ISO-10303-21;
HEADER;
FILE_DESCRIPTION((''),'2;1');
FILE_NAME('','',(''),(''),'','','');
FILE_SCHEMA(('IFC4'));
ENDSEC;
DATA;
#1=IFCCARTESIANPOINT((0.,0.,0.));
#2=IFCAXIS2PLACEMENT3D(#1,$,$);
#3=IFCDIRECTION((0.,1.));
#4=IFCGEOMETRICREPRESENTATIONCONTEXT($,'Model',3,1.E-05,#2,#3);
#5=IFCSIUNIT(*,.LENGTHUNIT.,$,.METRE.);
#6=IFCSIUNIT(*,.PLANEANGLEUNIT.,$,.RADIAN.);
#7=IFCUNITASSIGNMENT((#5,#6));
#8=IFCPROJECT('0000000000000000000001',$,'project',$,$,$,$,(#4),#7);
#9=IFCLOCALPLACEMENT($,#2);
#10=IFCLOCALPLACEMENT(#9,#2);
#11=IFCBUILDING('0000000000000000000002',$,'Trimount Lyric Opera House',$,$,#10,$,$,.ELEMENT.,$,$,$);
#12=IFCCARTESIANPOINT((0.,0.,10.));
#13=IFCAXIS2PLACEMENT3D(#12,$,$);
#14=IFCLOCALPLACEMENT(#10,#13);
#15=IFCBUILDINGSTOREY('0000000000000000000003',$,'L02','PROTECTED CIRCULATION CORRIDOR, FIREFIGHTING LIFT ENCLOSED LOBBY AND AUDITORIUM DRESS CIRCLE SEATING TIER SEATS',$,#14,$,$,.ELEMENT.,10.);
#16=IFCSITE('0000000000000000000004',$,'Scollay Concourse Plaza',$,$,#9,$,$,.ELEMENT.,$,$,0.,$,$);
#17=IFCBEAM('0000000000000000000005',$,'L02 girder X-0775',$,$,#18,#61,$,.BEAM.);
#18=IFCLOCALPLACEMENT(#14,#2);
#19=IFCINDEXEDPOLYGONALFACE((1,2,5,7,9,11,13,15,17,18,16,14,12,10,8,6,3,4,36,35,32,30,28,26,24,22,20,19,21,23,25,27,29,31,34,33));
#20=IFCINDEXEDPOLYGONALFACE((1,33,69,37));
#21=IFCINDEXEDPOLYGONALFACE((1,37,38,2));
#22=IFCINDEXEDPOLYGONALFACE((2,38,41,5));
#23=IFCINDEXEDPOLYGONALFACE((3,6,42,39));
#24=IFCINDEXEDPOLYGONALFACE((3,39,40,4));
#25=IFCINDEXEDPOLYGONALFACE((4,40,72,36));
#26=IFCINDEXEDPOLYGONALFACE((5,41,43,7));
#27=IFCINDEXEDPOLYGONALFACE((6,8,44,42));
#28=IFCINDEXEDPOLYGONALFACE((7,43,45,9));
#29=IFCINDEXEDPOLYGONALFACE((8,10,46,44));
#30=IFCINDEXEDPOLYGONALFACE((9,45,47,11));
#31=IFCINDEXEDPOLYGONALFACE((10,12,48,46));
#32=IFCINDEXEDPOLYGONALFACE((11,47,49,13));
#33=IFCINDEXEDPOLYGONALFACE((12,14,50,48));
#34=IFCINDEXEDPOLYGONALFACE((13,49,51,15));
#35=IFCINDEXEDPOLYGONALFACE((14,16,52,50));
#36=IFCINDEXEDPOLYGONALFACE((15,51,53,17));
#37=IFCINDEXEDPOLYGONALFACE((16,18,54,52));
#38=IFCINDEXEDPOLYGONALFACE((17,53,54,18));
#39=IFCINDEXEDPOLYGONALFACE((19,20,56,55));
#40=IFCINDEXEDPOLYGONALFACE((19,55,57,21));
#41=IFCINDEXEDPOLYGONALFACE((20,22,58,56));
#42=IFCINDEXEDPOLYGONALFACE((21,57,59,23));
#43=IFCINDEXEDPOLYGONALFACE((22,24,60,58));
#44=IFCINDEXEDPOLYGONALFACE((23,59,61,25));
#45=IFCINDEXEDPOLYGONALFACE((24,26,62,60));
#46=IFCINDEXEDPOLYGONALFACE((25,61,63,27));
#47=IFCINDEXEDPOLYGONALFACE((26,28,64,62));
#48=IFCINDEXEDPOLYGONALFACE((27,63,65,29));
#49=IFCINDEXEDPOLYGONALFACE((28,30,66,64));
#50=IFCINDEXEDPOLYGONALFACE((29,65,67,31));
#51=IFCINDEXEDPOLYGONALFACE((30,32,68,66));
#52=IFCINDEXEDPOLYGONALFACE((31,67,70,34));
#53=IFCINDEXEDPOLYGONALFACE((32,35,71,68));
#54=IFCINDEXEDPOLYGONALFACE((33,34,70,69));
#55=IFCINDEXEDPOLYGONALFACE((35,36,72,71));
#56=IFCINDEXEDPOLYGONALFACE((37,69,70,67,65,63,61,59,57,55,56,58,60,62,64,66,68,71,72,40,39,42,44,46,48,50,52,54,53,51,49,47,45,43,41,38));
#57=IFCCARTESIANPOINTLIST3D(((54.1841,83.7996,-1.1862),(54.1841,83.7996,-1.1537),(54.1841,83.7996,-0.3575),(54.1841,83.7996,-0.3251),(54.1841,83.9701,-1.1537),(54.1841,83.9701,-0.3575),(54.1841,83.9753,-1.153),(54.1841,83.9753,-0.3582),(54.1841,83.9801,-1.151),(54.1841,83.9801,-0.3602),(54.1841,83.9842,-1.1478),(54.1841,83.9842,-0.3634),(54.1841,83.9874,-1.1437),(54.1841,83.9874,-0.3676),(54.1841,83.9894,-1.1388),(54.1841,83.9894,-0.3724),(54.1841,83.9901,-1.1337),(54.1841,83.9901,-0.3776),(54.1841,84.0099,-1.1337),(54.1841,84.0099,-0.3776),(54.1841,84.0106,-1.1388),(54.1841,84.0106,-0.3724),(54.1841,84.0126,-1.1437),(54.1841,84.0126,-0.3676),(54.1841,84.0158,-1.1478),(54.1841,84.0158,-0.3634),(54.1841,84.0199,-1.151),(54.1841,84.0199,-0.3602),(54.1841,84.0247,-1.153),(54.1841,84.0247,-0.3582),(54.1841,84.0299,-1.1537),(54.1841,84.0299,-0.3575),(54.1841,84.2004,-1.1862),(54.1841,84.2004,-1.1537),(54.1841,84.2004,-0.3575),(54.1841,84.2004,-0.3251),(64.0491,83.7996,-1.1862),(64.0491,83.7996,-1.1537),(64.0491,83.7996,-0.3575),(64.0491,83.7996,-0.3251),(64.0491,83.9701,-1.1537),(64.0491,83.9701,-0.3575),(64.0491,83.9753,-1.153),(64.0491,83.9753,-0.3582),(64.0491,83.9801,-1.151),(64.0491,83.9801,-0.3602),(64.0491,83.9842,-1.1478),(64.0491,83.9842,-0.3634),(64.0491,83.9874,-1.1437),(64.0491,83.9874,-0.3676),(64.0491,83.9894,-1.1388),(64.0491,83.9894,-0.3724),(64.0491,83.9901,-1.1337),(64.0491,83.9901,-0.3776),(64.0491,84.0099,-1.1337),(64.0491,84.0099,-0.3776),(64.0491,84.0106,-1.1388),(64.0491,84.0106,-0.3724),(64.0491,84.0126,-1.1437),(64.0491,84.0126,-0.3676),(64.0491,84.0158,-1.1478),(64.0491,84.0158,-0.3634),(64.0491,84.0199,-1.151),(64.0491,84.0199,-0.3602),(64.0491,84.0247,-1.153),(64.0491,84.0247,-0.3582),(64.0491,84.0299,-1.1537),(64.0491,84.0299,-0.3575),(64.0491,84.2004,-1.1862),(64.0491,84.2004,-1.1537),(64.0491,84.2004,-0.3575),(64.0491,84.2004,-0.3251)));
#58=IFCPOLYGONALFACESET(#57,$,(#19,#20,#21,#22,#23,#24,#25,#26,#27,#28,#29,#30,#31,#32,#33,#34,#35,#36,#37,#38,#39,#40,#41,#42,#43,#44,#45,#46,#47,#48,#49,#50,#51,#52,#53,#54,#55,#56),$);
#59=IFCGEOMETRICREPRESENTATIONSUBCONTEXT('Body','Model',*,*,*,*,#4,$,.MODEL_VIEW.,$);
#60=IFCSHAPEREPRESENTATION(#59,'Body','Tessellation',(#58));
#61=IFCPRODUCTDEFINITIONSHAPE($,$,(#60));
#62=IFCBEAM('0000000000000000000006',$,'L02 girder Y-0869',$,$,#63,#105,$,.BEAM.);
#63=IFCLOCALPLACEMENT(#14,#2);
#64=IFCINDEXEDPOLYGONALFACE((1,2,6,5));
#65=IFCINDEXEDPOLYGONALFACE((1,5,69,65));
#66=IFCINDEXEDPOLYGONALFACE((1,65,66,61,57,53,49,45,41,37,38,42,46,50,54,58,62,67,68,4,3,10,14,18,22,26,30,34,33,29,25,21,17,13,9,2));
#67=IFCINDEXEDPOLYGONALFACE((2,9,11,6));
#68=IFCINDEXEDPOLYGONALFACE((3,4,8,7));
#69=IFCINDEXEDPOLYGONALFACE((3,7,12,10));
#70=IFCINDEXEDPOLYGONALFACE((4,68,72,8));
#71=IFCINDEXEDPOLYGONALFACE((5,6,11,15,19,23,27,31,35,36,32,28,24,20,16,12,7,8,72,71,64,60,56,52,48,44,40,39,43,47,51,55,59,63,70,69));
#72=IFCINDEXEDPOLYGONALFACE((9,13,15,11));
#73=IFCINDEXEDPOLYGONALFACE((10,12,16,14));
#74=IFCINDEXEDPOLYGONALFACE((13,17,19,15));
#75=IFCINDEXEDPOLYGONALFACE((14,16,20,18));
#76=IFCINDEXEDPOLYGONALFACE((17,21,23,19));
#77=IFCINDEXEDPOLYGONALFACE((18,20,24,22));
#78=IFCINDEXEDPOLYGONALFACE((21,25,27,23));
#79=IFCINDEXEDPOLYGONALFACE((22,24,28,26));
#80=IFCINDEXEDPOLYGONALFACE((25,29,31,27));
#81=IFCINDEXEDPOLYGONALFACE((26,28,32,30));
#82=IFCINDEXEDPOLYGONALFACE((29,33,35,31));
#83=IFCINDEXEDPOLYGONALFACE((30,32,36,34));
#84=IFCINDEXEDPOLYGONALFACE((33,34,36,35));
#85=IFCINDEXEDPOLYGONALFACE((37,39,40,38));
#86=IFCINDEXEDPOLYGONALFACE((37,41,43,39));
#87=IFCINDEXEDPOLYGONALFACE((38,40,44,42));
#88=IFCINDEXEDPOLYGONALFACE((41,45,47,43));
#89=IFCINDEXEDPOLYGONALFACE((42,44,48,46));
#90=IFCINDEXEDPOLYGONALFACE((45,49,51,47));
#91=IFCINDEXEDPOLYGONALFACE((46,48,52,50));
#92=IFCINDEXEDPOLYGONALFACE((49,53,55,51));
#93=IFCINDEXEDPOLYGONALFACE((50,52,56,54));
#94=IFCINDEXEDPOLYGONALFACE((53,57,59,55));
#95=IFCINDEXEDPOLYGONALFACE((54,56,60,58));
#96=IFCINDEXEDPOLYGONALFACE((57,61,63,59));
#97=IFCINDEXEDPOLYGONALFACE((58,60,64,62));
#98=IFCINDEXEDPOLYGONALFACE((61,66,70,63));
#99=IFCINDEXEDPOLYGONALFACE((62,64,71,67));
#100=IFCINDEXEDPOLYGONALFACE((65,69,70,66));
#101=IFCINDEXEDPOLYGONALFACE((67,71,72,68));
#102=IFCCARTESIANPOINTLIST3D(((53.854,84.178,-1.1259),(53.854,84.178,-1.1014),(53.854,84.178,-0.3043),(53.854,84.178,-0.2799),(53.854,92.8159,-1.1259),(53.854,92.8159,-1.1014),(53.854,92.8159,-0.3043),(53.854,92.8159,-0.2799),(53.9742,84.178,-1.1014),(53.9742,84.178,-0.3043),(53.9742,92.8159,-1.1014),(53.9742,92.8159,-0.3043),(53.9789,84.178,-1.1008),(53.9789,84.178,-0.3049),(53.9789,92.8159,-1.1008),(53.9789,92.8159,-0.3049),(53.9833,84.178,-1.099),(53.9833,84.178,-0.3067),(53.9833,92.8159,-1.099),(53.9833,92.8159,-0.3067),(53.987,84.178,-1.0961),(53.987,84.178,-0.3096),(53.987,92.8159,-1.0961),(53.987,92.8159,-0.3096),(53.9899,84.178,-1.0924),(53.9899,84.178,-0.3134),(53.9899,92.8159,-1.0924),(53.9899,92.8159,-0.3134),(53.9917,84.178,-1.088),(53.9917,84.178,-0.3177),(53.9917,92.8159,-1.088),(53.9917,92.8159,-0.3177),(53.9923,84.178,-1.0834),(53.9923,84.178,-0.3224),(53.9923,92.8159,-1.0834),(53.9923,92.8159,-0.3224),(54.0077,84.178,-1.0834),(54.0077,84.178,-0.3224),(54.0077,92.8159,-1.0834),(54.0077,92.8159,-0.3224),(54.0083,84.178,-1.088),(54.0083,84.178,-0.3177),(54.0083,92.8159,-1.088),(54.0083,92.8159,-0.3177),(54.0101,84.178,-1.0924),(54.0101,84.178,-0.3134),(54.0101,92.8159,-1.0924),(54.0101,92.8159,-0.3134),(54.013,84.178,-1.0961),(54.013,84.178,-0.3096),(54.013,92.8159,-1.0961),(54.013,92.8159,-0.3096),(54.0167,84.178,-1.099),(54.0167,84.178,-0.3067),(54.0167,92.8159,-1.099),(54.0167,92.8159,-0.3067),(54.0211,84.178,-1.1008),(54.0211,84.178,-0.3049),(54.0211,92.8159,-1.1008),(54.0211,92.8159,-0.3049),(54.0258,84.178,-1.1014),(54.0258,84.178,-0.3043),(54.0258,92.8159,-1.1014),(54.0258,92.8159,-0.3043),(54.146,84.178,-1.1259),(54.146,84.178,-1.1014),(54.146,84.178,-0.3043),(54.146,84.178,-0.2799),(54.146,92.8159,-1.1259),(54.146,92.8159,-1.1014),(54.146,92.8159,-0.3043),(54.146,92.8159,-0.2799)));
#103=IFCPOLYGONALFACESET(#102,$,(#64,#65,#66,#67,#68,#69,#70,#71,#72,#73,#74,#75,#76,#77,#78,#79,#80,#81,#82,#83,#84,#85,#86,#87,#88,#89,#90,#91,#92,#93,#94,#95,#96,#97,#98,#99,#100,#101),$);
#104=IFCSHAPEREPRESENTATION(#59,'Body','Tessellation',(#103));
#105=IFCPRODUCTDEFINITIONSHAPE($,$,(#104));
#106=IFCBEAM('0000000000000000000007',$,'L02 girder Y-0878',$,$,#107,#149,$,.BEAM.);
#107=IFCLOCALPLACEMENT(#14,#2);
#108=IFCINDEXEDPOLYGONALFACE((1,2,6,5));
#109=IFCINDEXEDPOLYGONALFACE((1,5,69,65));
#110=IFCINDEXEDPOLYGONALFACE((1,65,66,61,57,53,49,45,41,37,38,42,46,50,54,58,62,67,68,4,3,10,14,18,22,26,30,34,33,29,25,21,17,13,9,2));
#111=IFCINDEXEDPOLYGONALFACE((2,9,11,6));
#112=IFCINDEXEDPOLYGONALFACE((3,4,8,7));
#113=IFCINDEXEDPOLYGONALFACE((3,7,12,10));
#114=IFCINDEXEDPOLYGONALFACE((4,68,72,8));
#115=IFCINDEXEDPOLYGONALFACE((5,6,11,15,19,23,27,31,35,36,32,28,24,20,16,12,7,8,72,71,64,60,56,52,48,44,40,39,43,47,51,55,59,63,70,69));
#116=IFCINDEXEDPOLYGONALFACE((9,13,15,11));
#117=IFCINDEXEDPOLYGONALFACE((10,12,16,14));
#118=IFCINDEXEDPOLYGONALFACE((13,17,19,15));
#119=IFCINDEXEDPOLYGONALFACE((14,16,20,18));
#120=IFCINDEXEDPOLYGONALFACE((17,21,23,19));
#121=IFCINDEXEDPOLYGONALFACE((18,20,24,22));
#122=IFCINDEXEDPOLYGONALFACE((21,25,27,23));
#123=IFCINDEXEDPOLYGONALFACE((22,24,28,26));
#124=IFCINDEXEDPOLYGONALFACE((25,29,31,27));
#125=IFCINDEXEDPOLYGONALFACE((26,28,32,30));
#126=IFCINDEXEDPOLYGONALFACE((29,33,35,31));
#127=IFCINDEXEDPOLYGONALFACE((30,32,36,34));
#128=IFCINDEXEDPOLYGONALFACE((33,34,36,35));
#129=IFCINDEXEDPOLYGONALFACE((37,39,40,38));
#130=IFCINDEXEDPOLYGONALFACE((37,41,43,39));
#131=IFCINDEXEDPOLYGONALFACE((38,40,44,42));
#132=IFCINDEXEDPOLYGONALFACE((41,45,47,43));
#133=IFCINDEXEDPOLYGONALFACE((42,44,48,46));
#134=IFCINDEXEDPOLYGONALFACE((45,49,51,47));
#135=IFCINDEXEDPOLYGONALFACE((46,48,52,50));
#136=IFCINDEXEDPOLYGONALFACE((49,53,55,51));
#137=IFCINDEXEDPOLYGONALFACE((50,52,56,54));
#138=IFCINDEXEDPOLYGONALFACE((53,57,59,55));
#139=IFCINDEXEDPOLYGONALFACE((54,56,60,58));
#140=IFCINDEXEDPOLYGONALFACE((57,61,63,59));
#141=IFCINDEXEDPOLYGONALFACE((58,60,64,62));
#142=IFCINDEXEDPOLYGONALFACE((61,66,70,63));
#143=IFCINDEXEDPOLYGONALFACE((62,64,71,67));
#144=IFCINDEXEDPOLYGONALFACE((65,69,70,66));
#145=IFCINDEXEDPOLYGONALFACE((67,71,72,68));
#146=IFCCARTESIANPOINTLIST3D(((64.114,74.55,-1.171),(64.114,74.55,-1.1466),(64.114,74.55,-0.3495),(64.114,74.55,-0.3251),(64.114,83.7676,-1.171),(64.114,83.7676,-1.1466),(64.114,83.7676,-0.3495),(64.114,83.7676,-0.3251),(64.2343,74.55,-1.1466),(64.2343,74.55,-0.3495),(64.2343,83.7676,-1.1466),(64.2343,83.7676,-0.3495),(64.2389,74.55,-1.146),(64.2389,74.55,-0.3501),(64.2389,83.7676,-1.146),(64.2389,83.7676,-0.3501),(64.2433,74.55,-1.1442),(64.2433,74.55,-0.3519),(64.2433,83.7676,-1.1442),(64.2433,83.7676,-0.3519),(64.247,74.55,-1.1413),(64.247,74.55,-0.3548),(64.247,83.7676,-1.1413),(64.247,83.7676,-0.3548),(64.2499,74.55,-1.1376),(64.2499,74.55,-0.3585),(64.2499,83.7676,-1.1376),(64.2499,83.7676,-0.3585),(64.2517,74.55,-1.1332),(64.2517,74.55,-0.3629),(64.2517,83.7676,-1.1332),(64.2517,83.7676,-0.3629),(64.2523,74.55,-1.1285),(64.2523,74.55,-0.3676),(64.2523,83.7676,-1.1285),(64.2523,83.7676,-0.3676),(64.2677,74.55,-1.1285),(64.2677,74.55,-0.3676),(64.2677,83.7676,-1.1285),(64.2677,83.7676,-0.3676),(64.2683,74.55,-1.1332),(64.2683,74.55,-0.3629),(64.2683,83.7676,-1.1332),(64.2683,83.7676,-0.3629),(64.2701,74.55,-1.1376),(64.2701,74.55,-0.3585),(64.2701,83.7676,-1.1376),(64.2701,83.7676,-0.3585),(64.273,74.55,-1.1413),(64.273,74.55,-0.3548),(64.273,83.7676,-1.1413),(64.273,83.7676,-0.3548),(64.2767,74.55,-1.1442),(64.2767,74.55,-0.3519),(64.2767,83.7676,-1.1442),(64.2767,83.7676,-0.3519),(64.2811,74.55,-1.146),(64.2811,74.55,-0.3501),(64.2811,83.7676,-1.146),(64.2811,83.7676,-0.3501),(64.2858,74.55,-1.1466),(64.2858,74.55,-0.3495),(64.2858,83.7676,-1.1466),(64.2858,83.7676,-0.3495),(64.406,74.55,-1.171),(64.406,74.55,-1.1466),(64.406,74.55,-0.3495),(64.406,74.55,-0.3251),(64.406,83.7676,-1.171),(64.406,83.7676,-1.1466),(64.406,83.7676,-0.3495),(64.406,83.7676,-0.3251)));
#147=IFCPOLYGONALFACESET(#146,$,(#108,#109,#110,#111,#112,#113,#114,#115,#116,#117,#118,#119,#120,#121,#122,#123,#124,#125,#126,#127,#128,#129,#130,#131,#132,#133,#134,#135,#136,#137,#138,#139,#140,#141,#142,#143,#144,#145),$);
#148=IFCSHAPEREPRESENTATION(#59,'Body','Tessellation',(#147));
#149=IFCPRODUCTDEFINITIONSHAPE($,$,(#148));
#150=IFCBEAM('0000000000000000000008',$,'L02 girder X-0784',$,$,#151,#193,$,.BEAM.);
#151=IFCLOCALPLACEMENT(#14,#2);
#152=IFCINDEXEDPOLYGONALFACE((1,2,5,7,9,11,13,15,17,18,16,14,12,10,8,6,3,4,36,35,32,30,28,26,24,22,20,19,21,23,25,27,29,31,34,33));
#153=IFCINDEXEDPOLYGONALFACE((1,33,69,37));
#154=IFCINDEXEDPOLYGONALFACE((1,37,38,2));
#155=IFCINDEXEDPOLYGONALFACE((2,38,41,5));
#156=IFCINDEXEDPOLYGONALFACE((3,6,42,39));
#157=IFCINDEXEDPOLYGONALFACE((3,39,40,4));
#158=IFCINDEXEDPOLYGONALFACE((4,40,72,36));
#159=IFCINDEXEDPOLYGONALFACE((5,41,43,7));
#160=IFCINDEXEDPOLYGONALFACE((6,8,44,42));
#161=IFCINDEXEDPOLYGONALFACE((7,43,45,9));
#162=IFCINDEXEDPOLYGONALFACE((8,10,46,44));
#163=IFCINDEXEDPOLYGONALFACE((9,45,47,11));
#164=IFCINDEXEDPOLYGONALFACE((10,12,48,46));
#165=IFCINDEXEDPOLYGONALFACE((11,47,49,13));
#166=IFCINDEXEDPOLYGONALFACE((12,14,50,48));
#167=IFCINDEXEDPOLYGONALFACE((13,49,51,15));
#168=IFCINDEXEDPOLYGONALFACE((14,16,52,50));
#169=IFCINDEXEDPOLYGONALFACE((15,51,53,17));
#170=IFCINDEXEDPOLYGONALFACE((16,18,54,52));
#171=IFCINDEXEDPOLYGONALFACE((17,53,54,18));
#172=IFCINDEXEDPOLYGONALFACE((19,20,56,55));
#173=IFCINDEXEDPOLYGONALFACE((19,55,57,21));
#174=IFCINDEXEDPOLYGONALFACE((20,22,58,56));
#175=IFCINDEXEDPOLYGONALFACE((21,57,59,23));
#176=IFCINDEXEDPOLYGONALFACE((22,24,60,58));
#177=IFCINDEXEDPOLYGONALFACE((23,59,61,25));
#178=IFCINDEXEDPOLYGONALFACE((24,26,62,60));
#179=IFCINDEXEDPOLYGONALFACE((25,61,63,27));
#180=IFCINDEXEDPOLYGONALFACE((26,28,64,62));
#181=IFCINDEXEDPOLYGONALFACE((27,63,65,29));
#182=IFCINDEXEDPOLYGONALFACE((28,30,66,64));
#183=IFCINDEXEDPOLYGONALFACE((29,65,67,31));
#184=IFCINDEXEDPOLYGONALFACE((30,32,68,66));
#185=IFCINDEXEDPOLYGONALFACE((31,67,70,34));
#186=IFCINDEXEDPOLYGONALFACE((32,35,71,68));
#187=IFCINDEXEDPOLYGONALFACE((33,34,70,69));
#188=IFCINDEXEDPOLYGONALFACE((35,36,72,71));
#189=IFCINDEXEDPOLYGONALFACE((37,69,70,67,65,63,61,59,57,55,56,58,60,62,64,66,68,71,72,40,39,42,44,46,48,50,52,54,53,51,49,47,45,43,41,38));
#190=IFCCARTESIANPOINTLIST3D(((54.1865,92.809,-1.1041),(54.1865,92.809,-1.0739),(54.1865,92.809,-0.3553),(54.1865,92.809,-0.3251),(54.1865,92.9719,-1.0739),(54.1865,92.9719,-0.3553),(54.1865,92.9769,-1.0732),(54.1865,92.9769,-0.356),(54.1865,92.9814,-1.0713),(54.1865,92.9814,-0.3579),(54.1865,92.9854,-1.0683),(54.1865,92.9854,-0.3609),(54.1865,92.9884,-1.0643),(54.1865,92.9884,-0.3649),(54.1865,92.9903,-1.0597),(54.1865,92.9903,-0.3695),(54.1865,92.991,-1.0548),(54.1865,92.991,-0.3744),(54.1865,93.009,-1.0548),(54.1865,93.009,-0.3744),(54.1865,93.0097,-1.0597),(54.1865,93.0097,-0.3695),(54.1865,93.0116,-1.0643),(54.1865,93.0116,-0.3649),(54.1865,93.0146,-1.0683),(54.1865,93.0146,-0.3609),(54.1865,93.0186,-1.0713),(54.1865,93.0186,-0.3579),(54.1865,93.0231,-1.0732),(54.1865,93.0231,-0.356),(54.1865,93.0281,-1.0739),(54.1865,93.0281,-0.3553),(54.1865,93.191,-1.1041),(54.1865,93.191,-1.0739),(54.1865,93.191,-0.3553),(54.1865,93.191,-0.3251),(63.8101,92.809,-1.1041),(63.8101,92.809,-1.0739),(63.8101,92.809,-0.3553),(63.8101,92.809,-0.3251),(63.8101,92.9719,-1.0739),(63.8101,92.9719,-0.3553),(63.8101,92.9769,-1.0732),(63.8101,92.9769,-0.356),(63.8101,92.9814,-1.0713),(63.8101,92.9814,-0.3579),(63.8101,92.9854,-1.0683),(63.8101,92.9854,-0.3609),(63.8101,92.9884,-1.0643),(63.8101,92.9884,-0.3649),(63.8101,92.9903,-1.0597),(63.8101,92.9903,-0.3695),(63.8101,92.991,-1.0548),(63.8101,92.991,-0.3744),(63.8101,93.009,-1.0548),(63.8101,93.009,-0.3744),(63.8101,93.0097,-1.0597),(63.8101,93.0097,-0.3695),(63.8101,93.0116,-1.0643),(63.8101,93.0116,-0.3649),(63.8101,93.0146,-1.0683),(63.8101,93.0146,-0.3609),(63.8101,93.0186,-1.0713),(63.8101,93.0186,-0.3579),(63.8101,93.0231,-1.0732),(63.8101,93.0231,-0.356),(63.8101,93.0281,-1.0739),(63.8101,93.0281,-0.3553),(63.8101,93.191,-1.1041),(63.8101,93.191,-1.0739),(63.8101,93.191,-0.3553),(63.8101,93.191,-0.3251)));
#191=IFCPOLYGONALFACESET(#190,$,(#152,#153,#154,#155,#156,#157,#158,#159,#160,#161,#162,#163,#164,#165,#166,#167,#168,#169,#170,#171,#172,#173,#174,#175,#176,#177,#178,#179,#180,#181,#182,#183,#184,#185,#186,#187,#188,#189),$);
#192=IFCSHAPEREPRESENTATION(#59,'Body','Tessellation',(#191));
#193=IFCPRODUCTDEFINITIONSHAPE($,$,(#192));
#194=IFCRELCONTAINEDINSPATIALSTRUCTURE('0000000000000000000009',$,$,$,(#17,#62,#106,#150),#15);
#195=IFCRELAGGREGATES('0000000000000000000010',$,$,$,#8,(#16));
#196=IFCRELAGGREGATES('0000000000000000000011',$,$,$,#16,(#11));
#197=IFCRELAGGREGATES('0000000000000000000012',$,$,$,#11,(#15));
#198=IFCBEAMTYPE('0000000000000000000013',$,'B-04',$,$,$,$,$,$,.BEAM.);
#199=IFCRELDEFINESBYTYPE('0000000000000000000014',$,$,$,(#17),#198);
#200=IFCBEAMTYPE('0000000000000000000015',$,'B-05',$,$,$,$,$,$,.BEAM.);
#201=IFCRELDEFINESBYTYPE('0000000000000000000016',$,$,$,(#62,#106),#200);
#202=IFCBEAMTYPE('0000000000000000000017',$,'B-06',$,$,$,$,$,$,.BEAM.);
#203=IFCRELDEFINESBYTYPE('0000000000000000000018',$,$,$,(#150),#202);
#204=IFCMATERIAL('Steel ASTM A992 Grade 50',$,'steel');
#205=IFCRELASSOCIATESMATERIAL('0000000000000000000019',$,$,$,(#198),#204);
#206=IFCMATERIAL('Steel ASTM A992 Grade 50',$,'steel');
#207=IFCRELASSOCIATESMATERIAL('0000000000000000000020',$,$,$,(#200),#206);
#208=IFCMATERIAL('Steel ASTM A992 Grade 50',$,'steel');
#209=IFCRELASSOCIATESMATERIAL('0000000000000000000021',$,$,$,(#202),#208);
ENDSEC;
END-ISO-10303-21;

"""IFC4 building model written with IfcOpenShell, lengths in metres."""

from ifc_helpers import new_model, si_unit, direction, frame, origin, origin_2d, place, context, subcontext, project, spatial, i_section, extrude, material, material_profile, profile_set, type_object, element, save


model = new_model("IFC4")

# Units and contexts
model_context = context("Model", 3, precision=1e-05, world=origin(), true_north=direction((0.0, 1.0)))
body_context = subcontext(model_context, "Body", "Model", "MODEL_VIEW")
ifc_project = project(units=[si_unit("LENGTHUNIT", "METRE"), si_unit("PLANEANGLEUNIT", "RADIAN")], contexts=[model_context])

# Site, building, storey
site_placement = place(None, origin())
site = spatial("IfcSite", under=ifc_project, at=site_placement, Name="Scollay Concourse Plaza", CompositionType="ELEMENT", RefElevation=0.0)
building_placement = place(site_placement, origin())
building = spatial("IfcBuilding", under=site, at=building_placement, Name="Trimount Lyric Opera House", CompositionType="ELEMENT")
storey_placement = place(building_placement, frame((0.0, 0.0, 10.0)))
storey = spatial("IfcBuildingStorey", under=building, at=storey_placement, Name="L02", Description="PROTECTED CIRCULATION CORRIDOR, FIREFIGHTING LIFT ENCLOSED LOBBY AND AUDITORIUM DRESS CIRCLE SEATING TIER SEATS", CompositionType="ELEMENT", Elevation=10.0)

# Beams
ifc_material_1 = material(Name="Steel ASTM A992 Grade 50", Category="steel")
ifc_material_profile_1 = material_profile(ifc_material_1, i_section(OverallWidth=0.4009, OverallDepth=0.8611, WebThickness=0.0198, FlangeThickness=0.0325, FilletRadius=0.02, at=origin_2d()), Name="W33X221")
ifc_profile_set_1 = profile_set([ifc_material_profile_1], Name="Steel ASTM A992 Grade 50")
beam_type_1 = type_object("IfcBeamType", Name="B-04", PredefinedType="BEAM", material=ifc_profile_set_1)
beam_1_placement = place(storey_placement, frame((54.1841, 84.0, -0.7556), z_axis=(1.0, 0.0, 0.0), x_axis=(0.0, 1.0, 0.0)))
element("IfcBeam", 1, at=beam_1_placement, inside=storey, type_object=beam_type_1, Name="L02 girder X-0775", PredefinedType="BEAM", context=body_context, shape_type="SweptSolid", body=[
    extrude(i_section(OverallWidth=0.4009, OverallDepth=0.8611, WebThickness=0.0198, FlangeThickness=0.0325, FilletRadius=0.02, at=origin_2d()), origin(), (0.0, 0.0, 1.0), 9.865),
])
ifc_material_2 = material(Name="Steel ASTM A992 Grade 50", Category="steel")
ifc_material_profile_2 = material_profile(ifc_material_2, i_section(OverallWidth=0.292, OverallDepth=0.8459, WebThickness=0.0154, FlangeThickness=0.0244, FilletRadius=0.0181, at=origin_2d()), Name="W33X141")
ifc_profile_set_2 = profile_set([ifc_material_profile_2], Name="Steel ASTM A992 Grade 50")
beam_type_2 = type_object("IfcBeamType", Name="B-05", PredefinedType="BEAM", material=ifc_profile_set_2)
beam_2_placement = place(storey_placement, frame((54.0, 84.178, -0.7029), z_axis=(0.0, 1.0, 0.0), x_axis=(-1.0, 0.0, 0.0)))
element("IfcBeam", 2, at=beam_2_placement, inside=storey, type_object=beam_type_2, Name="L02 girder Y-0869", PredefinedType="BEAM", context=body_context, shape_type="SweptSolid", body=[
    extrude(i_section(OverallWidth=0.292, OverallDepth=0.8459, WebThickness=0.0154, FlangeThickness=0.0244, FilletRadius=0.0181, at=origin_2d()), origin(), (0.0, 0.0, 1.0), 8.6379),
])
beam_3_placement = place(storey_placement, frame((64.26, 74.55, -0.748), z_axis=(0.0, 1.0, 0.0), x_axis=(-1.0, 0.0, 0.0)))
element("IfcBeam", 3, at=beam_3_placement, inside=storey, type_object=beam_type_2, Name="L02 girder Y-0878", PredefinedType="BEAM", context=body_context, shape_type="SweptSolid", body=[
    extrude(i_section(OverallWidth=0.292, OverallDepth=0.8459, WebThickness=0.0154, FlangeThickness=0.0244, FilletRadius=0.0181, at=origin_2d()), origin(), (0.0, 0.0, 1.0), 9.2175),
])
ifc_material_3 = material(Name="Steel ASTM A992 Grade 50", Category="steel")
ifc_material_profile_3 = material_profile(ifc_material_3, i_section(OverallWidth=0.3821, OverallDepth=0.7791, WebThickness=0.0181, FlangeThickness=0.0303, FilletRadius=0.019, at=origin_2d()), Name="W30X191")
ifc_profile_set_3 = profile_set([ifc_material_profile_3], Name="Steel ASTM A992 Grade 50")
beam_type_3 = type_object("IfcBeamType", Name="B-06", PredefinedType="BEAM", material=ifc_profile_set_3)
beam_4_placement = place(storey_placement, frame((54.1865, 93.0, -0.7146), z_axis=(1.0, 0.0, 0.0), x_axis=(0.0, 1.0, 0.0)))
element("IfcBeam", 4, at=beam_4_placement, inside=storey, type_object=beam_type_3, Name="L02 girder X-0784", PredefinedType="BEAM", context=body_context, shape_type="SweptSolid", body=[
    extrude(i_section(OverallWidth=0.3821, OverallDepth=0.7791, WebThickness=0.0181, FlangeThickness=0.0303, FilletRadius=0.019, at=origin_2d()), origin(), (0.0, 0.0, 1.0), 9.6235),
])

save(model, "model.ifc")
